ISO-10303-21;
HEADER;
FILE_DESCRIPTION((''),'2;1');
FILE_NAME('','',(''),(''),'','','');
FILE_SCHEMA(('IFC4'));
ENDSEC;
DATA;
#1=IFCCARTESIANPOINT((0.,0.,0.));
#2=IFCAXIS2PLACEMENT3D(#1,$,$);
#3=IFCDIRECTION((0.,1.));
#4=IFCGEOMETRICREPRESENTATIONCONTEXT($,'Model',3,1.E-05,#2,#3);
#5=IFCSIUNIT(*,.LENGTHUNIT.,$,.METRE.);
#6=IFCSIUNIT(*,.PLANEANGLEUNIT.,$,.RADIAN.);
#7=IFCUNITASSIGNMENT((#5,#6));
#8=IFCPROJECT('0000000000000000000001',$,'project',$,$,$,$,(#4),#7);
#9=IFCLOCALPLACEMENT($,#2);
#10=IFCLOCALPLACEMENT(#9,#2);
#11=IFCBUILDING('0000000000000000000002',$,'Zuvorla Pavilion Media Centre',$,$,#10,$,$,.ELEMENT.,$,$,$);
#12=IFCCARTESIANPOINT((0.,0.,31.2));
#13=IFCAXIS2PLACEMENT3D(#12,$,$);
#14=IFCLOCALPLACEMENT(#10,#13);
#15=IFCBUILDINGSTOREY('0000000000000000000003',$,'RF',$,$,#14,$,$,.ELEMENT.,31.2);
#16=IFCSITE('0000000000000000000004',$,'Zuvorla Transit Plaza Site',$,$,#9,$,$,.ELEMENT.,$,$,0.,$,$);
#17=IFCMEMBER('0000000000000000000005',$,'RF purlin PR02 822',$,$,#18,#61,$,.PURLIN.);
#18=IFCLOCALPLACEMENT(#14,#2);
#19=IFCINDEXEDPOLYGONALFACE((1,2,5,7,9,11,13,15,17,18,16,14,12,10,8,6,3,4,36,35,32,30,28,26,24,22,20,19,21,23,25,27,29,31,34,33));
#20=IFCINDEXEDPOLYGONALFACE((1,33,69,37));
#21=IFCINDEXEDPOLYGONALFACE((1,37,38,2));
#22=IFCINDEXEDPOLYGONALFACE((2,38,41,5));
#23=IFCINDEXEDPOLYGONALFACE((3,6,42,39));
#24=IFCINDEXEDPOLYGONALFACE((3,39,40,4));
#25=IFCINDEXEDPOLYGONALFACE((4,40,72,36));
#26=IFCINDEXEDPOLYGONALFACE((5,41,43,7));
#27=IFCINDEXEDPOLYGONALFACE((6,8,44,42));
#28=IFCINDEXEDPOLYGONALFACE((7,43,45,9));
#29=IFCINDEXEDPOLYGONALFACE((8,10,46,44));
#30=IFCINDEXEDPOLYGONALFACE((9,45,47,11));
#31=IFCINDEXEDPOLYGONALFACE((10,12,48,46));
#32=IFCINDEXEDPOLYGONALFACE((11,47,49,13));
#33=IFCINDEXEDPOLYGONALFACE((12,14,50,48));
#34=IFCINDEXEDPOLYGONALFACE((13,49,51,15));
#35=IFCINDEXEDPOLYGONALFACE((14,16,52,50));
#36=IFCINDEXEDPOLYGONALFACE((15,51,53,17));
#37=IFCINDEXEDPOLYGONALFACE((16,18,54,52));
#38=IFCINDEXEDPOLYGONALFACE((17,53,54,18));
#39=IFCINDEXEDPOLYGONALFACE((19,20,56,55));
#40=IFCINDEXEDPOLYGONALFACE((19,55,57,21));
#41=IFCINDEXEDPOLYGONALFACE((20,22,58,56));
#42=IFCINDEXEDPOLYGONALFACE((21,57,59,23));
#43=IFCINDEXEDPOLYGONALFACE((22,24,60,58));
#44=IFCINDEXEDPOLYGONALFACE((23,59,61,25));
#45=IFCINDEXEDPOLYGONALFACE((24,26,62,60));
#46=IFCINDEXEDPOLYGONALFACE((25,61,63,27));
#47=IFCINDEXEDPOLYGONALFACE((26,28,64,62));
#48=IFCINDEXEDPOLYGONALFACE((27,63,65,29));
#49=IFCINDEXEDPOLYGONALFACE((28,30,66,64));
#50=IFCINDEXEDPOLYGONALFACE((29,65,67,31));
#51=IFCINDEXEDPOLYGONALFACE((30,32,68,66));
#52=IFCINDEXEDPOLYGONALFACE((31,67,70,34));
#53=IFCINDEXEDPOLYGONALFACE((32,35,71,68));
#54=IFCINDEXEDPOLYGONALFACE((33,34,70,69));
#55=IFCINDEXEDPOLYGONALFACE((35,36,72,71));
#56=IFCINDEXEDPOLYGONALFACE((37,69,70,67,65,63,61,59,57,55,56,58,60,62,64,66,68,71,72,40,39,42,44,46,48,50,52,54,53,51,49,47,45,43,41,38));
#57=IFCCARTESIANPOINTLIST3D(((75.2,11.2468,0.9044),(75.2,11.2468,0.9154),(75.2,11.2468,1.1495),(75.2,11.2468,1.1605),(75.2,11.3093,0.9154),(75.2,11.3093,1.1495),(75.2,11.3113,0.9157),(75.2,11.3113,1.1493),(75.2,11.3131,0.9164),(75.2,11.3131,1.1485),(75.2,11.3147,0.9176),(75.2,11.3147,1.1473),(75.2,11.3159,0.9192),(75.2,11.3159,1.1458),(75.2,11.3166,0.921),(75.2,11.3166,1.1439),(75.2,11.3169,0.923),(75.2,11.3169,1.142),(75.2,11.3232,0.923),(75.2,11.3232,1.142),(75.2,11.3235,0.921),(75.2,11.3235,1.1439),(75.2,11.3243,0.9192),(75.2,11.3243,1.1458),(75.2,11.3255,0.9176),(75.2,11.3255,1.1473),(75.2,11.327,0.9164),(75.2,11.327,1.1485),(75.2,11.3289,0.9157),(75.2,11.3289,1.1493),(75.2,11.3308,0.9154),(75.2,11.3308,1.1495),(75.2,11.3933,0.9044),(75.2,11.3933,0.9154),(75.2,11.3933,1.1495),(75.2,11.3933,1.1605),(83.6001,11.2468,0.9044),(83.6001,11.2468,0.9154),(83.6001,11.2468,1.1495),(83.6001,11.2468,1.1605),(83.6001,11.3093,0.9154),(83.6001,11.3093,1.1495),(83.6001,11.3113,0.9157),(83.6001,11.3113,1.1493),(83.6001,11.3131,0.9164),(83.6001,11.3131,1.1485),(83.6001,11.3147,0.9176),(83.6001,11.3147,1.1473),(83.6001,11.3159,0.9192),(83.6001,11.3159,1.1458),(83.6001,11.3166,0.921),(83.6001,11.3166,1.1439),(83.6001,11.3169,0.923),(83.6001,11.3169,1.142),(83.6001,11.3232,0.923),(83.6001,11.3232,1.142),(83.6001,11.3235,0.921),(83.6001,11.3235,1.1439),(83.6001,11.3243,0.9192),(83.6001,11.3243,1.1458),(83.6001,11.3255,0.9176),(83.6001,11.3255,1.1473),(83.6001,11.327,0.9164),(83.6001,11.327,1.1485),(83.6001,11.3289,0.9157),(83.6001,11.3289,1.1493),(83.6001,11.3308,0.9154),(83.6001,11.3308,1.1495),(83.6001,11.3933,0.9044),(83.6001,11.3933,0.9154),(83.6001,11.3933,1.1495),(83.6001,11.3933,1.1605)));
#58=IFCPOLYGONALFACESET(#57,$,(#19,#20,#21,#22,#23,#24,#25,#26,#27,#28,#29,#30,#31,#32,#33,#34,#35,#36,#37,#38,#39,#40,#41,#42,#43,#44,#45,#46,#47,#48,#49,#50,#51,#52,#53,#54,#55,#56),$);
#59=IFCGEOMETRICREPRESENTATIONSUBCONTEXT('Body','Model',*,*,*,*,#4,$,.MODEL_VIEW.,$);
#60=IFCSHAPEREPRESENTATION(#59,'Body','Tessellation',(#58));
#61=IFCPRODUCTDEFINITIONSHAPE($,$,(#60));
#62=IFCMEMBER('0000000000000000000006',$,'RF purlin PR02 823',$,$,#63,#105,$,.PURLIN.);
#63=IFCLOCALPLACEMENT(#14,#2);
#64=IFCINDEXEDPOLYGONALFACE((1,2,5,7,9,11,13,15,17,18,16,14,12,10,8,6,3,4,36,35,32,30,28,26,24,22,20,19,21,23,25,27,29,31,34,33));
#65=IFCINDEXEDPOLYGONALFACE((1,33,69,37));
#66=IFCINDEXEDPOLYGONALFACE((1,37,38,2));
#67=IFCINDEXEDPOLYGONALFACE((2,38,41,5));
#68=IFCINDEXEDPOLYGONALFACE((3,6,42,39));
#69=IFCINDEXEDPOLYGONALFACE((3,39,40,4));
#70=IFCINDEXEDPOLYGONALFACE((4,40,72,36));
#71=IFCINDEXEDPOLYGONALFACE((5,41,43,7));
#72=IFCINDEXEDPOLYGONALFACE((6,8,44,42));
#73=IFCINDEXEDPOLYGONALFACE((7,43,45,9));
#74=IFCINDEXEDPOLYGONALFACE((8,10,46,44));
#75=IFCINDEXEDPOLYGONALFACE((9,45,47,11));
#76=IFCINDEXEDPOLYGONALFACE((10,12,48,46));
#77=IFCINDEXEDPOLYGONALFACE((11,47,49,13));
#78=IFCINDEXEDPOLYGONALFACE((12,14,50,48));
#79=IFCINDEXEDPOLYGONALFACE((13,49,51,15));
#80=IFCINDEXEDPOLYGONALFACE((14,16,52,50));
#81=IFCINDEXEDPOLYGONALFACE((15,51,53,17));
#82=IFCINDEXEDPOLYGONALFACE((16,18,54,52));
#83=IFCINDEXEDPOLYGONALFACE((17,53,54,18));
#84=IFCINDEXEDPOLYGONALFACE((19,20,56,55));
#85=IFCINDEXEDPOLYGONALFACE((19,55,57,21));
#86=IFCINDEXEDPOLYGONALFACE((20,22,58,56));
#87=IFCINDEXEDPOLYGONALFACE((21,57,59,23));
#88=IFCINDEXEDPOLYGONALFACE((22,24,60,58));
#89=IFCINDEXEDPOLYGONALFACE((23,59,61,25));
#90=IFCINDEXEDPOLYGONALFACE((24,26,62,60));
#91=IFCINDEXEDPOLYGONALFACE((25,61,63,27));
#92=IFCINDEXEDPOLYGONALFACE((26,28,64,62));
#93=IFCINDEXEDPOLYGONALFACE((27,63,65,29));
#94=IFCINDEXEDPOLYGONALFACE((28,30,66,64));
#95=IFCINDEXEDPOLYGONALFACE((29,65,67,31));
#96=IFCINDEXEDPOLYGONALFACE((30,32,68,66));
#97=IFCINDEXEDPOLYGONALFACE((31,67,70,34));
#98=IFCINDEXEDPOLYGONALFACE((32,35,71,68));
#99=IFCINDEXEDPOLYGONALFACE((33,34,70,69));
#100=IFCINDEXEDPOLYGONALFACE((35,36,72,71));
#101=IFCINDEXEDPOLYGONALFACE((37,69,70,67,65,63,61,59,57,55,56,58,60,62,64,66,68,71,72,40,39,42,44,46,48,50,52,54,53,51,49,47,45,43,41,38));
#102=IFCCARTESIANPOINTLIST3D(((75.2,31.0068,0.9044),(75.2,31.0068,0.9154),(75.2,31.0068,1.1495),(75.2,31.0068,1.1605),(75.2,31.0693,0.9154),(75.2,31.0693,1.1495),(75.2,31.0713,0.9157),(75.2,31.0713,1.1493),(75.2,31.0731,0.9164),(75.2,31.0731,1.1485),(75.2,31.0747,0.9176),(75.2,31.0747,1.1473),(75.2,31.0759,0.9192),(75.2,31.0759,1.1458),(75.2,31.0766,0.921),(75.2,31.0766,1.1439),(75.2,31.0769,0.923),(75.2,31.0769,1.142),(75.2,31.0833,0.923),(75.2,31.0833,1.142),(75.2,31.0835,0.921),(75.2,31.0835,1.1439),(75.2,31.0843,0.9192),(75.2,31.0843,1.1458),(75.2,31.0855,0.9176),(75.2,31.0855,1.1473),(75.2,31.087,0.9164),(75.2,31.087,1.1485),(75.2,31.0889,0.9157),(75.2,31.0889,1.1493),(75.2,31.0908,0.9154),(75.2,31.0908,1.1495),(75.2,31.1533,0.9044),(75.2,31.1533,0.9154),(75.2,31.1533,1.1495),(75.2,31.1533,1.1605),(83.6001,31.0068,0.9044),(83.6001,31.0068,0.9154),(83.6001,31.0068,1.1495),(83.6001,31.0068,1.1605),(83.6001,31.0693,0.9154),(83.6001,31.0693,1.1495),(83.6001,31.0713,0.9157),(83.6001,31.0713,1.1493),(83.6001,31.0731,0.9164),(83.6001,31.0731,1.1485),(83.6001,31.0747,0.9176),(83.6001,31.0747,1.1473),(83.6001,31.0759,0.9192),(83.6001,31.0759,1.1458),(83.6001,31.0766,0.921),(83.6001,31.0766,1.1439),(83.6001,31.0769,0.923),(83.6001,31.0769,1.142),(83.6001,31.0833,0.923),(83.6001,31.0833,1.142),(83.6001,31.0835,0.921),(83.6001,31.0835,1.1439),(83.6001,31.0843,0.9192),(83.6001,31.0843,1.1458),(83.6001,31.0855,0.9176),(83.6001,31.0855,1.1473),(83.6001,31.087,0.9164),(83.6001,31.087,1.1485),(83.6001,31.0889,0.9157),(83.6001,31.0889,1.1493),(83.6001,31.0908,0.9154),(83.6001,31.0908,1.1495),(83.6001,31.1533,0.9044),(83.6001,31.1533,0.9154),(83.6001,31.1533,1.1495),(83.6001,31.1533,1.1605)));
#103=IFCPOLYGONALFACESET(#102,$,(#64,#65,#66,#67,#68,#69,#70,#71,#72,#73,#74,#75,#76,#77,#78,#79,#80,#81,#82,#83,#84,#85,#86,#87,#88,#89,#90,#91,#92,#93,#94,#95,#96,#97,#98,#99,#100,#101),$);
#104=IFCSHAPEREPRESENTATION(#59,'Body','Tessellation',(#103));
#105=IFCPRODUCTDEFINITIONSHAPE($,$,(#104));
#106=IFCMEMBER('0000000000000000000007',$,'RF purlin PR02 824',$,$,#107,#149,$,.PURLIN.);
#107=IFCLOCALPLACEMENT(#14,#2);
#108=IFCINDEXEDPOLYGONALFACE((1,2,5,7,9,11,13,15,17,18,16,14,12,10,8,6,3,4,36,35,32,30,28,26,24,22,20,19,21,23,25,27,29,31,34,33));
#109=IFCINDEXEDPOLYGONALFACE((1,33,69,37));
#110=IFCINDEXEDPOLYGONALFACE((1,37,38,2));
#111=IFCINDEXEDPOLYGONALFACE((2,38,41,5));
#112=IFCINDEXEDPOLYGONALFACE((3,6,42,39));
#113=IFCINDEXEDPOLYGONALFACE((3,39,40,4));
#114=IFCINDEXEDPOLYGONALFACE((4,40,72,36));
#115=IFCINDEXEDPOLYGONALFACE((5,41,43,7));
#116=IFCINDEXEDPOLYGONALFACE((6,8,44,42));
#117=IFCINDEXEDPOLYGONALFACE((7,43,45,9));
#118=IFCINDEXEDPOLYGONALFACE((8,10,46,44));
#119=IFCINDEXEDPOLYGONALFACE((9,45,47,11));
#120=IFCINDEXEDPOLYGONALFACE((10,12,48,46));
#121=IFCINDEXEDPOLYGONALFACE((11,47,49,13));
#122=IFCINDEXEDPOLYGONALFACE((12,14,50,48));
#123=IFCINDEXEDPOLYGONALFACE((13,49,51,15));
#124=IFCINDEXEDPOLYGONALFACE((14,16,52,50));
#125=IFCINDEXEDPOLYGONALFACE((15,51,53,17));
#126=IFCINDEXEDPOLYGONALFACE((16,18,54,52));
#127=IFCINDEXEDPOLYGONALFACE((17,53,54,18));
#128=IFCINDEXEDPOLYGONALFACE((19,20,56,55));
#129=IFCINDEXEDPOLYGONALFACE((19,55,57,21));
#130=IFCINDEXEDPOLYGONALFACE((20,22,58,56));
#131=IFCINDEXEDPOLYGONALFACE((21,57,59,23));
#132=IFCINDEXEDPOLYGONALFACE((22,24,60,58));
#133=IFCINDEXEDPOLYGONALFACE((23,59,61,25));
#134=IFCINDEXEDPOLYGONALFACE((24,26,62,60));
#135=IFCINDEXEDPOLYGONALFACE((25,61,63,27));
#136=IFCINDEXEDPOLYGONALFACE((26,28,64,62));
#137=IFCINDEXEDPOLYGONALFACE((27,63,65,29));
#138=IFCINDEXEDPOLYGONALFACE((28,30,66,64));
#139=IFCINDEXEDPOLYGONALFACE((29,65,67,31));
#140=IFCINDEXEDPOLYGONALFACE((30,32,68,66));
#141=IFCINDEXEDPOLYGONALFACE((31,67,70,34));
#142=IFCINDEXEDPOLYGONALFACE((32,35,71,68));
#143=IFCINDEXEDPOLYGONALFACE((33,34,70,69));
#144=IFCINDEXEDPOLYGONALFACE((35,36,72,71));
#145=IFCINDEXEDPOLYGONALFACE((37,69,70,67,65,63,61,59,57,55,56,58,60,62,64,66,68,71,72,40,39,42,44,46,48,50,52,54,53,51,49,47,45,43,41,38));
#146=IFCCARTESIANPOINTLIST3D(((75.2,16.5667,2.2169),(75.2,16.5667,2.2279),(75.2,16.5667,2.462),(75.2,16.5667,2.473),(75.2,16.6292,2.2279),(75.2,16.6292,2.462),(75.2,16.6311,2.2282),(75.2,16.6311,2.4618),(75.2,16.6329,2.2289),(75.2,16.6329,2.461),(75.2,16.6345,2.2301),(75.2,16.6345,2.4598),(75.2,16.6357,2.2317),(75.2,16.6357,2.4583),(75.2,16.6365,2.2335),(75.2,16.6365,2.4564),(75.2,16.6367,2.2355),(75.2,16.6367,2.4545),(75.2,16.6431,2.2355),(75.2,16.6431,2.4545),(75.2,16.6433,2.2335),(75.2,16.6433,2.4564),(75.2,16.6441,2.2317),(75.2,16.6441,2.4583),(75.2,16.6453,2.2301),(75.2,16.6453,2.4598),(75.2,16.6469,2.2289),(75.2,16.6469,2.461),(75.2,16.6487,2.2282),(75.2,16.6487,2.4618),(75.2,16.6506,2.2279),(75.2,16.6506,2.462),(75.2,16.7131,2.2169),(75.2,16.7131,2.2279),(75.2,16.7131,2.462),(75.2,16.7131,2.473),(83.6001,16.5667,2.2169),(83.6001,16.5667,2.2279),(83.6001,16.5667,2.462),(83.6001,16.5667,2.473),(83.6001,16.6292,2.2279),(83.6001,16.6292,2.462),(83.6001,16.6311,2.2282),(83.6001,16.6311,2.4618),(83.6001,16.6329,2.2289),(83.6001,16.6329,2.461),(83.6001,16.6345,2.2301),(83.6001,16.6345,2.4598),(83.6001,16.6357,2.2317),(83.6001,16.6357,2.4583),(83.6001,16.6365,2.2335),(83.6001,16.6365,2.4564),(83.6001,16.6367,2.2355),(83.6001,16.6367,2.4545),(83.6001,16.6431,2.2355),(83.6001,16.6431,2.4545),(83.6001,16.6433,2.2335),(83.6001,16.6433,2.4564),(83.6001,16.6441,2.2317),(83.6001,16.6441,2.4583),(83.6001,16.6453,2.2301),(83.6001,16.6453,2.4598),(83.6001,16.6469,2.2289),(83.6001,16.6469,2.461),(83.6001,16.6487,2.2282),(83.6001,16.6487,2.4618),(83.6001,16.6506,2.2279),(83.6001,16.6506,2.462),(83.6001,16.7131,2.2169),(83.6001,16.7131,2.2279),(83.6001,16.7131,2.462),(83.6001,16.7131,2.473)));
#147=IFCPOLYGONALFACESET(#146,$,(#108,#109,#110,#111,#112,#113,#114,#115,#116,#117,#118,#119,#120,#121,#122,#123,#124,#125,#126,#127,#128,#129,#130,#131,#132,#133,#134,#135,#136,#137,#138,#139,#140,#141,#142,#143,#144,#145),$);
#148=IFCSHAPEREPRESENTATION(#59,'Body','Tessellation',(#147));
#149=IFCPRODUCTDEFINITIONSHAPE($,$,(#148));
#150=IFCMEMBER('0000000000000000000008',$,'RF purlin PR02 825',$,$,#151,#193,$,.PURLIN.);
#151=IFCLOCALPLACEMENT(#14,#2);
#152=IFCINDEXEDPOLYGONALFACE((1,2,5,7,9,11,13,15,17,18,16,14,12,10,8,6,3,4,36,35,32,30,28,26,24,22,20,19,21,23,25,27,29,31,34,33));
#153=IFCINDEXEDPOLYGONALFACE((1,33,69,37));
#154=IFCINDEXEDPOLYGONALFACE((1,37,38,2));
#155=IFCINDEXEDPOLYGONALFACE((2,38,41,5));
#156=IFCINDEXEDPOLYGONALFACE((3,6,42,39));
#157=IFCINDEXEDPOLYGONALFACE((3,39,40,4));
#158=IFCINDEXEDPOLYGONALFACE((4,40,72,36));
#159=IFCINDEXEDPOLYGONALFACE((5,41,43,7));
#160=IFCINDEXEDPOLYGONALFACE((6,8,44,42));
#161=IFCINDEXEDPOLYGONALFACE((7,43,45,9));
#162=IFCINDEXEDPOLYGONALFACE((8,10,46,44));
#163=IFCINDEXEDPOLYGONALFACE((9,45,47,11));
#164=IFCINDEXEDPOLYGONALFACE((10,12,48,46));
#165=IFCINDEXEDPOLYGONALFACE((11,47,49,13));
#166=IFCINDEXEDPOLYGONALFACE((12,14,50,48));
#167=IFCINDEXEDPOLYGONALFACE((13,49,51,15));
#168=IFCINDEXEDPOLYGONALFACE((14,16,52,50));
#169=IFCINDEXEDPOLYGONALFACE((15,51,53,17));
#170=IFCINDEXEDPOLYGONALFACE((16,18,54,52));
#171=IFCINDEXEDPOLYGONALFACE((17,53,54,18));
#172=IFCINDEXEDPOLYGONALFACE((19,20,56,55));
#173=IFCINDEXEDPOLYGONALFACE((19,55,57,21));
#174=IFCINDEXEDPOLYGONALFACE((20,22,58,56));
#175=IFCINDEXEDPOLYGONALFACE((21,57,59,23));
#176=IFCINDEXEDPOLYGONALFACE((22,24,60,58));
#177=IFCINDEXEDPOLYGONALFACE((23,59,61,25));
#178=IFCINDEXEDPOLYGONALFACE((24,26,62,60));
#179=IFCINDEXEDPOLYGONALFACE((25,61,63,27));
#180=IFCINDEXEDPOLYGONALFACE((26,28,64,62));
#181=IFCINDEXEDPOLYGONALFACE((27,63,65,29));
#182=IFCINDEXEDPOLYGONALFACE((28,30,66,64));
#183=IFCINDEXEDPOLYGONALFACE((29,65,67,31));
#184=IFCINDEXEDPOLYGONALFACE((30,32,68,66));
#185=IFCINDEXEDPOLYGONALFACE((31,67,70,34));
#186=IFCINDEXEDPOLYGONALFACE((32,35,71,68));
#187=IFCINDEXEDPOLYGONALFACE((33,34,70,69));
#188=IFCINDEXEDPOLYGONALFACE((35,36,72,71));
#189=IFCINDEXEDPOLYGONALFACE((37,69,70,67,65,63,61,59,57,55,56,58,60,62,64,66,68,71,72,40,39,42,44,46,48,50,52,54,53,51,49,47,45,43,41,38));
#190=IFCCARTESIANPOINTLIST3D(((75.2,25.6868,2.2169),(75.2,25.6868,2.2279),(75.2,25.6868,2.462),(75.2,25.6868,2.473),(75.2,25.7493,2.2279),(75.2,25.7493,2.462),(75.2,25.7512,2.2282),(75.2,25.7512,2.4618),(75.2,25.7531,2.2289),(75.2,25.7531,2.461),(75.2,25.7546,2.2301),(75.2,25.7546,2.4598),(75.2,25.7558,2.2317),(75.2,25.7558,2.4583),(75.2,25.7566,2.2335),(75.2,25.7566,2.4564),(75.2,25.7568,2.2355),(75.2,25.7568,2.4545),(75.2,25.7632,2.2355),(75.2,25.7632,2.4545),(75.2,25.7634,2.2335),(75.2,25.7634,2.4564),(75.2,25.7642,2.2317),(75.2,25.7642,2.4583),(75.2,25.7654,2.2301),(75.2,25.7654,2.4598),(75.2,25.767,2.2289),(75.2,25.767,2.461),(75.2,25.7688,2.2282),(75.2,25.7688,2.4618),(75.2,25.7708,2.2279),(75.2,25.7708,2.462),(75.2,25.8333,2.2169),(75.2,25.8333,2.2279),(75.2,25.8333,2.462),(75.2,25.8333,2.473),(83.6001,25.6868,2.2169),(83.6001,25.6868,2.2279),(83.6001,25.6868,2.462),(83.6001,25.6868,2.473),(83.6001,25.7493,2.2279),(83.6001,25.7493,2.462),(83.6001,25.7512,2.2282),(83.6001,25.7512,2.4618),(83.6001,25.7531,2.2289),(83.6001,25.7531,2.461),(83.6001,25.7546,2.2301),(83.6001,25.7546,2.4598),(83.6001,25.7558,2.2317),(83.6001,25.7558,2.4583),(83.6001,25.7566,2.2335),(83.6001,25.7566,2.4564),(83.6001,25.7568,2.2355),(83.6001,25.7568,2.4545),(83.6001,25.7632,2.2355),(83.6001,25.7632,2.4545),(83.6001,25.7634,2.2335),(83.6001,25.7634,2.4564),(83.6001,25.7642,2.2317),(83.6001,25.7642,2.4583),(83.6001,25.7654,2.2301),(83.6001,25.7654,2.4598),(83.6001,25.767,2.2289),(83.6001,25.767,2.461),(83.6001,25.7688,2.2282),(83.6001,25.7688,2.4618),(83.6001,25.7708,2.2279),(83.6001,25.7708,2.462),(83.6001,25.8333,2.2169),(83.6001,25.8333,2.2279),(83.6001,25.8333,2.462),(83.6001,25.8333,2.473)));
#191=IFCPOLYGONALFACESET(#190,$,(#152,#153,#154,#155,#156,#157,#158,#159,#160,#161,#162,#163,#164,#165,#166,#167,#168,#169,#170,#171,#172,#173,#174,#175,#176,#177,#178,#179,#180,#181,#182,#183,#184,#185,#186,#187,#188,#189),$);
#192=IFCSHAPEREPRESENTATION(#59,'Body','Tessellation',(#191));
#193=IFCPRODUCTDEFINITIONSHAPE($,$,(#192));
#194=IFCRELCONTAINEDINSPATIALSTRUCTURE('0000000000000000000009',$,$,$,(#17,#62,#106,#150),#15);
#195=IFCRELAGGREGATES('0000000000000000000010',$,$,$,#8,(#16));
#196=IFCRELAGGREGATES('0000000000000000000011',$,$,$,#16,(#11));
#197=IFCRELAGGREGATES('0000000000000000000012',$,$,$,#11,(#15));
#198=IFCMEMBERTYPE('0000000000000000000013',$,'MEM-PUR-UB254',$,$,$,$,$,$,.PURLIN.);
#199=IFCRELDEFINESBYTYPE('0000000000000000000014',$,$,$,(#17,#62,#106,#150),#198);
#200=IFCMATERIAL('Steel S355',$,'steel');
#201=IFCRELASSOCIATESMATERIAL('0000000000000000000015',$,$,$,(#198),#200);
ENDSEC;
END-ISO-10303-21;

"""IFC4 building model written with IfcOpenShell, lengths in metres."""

from ifc_helpers import new_model, si_unit, direction, frame, origin, origin_2d, place, context, subcontext, project, spatial, i_section, extrude, material, material_profile, profile_set, type_object, element, save


model = new_model("IFC4")

# Units and contexts
model_context = context("Model", 3, precision=1e-05, world=origin(), true_north=direction((0.0, 1.0)))
body_context = subcontext(model_context, "Body", "Model", "MODEL_VIEW")
ifc_project = project(units=[si_unit("LENGTHUNIT", "METRE"), si_unit("PLANEANGLEUNIT", "RADIAN")], contexts=[model_context])

# Site, building, storey
site_placement = place(None, origin())
site = spatial("IfcSite", under=ifc_project, at=site_placement, Name="Zuvorla Transit Plaza Site", CompositionType="ELEMENT", RefElevation=0.0)
building_placement = place(site_placement, origin())
building = spatial("IfcBuilding", under=site, at=building_placement, Name="Zuvorla Pavilion Media Centre", CompositionType="ELEMENT")
storey_placement = place(building_placement, frame((0.0, 0.0, 31.2)))
storey = spatial("IfcBuildingStorey", under=building, at=storey_placement, Name="RF", CompositionType="ELEMENT", Elevation=31.2)

# Shared definitions
ifc_material = material(Name="Steel S355", Category="steel")

# Members
ifc_material_profile_1 = material_profile(ifc_material, i_section(OverallWidth=0.1465, OverallDepth=0.2561, WebThickness=0.0063, FlangeThickness=0.011, FilletRadius=0.0076, at=origin_2d()), Name="UB 254x146x37")
ifc_profile_set_1 = profile_set([ifc_material_profile_1], Name="Steel S355")
member_type_1 = type_object("IfcMemberType", Name="MEM-PUR-UB254", PredefinedType="PURLIN", material=ifc_profile_set_1)
for number, where, z_axis, x_axis, name in (
    (1, (75.2, 11.3201, 1.0325), (1.0, 0.0, 0.0), (0.0, 1.0, 0.0), "RF purlin PR02 822"),
    (2, (75.2, 31.0801, 1.0325), (1.0, 0.0, 0.0), (0.0, 1.0, 0.0), "RF purlin PR02 823"),
    (3, (75.2, 16.6399, 2.345), (1.0, 0.0, 0.0), (0.0, 1.0, 0.0), "RF purlin PR02 824"),
    (4, (75.2, 25.76, 2.345), (1.0, 0.0, 0.0), (0.0, 1.0, 0.0), "RF purlin PR02 825"),
):
    element("IfcMember", number, at=place(storey_placement, frame(where, z_axis=z_axis, x_axis=x_axis)), inside=storey, type_object=member_type_1, Name=name, PredefinedType="PURLIN", context=body_context, shape_type="SweptSolid", body=[
        extrude(i_section(OverallWidth=0.1465, OverallDepth=0.2561, WebThickness=0.0063, FlangeThickness=0.011, FilletRadius=0.0076, at=origin_2d()), origin(), (0.0, 0.0, 1.0), 8.4001),
    ])

save(model, "model.ifc")
